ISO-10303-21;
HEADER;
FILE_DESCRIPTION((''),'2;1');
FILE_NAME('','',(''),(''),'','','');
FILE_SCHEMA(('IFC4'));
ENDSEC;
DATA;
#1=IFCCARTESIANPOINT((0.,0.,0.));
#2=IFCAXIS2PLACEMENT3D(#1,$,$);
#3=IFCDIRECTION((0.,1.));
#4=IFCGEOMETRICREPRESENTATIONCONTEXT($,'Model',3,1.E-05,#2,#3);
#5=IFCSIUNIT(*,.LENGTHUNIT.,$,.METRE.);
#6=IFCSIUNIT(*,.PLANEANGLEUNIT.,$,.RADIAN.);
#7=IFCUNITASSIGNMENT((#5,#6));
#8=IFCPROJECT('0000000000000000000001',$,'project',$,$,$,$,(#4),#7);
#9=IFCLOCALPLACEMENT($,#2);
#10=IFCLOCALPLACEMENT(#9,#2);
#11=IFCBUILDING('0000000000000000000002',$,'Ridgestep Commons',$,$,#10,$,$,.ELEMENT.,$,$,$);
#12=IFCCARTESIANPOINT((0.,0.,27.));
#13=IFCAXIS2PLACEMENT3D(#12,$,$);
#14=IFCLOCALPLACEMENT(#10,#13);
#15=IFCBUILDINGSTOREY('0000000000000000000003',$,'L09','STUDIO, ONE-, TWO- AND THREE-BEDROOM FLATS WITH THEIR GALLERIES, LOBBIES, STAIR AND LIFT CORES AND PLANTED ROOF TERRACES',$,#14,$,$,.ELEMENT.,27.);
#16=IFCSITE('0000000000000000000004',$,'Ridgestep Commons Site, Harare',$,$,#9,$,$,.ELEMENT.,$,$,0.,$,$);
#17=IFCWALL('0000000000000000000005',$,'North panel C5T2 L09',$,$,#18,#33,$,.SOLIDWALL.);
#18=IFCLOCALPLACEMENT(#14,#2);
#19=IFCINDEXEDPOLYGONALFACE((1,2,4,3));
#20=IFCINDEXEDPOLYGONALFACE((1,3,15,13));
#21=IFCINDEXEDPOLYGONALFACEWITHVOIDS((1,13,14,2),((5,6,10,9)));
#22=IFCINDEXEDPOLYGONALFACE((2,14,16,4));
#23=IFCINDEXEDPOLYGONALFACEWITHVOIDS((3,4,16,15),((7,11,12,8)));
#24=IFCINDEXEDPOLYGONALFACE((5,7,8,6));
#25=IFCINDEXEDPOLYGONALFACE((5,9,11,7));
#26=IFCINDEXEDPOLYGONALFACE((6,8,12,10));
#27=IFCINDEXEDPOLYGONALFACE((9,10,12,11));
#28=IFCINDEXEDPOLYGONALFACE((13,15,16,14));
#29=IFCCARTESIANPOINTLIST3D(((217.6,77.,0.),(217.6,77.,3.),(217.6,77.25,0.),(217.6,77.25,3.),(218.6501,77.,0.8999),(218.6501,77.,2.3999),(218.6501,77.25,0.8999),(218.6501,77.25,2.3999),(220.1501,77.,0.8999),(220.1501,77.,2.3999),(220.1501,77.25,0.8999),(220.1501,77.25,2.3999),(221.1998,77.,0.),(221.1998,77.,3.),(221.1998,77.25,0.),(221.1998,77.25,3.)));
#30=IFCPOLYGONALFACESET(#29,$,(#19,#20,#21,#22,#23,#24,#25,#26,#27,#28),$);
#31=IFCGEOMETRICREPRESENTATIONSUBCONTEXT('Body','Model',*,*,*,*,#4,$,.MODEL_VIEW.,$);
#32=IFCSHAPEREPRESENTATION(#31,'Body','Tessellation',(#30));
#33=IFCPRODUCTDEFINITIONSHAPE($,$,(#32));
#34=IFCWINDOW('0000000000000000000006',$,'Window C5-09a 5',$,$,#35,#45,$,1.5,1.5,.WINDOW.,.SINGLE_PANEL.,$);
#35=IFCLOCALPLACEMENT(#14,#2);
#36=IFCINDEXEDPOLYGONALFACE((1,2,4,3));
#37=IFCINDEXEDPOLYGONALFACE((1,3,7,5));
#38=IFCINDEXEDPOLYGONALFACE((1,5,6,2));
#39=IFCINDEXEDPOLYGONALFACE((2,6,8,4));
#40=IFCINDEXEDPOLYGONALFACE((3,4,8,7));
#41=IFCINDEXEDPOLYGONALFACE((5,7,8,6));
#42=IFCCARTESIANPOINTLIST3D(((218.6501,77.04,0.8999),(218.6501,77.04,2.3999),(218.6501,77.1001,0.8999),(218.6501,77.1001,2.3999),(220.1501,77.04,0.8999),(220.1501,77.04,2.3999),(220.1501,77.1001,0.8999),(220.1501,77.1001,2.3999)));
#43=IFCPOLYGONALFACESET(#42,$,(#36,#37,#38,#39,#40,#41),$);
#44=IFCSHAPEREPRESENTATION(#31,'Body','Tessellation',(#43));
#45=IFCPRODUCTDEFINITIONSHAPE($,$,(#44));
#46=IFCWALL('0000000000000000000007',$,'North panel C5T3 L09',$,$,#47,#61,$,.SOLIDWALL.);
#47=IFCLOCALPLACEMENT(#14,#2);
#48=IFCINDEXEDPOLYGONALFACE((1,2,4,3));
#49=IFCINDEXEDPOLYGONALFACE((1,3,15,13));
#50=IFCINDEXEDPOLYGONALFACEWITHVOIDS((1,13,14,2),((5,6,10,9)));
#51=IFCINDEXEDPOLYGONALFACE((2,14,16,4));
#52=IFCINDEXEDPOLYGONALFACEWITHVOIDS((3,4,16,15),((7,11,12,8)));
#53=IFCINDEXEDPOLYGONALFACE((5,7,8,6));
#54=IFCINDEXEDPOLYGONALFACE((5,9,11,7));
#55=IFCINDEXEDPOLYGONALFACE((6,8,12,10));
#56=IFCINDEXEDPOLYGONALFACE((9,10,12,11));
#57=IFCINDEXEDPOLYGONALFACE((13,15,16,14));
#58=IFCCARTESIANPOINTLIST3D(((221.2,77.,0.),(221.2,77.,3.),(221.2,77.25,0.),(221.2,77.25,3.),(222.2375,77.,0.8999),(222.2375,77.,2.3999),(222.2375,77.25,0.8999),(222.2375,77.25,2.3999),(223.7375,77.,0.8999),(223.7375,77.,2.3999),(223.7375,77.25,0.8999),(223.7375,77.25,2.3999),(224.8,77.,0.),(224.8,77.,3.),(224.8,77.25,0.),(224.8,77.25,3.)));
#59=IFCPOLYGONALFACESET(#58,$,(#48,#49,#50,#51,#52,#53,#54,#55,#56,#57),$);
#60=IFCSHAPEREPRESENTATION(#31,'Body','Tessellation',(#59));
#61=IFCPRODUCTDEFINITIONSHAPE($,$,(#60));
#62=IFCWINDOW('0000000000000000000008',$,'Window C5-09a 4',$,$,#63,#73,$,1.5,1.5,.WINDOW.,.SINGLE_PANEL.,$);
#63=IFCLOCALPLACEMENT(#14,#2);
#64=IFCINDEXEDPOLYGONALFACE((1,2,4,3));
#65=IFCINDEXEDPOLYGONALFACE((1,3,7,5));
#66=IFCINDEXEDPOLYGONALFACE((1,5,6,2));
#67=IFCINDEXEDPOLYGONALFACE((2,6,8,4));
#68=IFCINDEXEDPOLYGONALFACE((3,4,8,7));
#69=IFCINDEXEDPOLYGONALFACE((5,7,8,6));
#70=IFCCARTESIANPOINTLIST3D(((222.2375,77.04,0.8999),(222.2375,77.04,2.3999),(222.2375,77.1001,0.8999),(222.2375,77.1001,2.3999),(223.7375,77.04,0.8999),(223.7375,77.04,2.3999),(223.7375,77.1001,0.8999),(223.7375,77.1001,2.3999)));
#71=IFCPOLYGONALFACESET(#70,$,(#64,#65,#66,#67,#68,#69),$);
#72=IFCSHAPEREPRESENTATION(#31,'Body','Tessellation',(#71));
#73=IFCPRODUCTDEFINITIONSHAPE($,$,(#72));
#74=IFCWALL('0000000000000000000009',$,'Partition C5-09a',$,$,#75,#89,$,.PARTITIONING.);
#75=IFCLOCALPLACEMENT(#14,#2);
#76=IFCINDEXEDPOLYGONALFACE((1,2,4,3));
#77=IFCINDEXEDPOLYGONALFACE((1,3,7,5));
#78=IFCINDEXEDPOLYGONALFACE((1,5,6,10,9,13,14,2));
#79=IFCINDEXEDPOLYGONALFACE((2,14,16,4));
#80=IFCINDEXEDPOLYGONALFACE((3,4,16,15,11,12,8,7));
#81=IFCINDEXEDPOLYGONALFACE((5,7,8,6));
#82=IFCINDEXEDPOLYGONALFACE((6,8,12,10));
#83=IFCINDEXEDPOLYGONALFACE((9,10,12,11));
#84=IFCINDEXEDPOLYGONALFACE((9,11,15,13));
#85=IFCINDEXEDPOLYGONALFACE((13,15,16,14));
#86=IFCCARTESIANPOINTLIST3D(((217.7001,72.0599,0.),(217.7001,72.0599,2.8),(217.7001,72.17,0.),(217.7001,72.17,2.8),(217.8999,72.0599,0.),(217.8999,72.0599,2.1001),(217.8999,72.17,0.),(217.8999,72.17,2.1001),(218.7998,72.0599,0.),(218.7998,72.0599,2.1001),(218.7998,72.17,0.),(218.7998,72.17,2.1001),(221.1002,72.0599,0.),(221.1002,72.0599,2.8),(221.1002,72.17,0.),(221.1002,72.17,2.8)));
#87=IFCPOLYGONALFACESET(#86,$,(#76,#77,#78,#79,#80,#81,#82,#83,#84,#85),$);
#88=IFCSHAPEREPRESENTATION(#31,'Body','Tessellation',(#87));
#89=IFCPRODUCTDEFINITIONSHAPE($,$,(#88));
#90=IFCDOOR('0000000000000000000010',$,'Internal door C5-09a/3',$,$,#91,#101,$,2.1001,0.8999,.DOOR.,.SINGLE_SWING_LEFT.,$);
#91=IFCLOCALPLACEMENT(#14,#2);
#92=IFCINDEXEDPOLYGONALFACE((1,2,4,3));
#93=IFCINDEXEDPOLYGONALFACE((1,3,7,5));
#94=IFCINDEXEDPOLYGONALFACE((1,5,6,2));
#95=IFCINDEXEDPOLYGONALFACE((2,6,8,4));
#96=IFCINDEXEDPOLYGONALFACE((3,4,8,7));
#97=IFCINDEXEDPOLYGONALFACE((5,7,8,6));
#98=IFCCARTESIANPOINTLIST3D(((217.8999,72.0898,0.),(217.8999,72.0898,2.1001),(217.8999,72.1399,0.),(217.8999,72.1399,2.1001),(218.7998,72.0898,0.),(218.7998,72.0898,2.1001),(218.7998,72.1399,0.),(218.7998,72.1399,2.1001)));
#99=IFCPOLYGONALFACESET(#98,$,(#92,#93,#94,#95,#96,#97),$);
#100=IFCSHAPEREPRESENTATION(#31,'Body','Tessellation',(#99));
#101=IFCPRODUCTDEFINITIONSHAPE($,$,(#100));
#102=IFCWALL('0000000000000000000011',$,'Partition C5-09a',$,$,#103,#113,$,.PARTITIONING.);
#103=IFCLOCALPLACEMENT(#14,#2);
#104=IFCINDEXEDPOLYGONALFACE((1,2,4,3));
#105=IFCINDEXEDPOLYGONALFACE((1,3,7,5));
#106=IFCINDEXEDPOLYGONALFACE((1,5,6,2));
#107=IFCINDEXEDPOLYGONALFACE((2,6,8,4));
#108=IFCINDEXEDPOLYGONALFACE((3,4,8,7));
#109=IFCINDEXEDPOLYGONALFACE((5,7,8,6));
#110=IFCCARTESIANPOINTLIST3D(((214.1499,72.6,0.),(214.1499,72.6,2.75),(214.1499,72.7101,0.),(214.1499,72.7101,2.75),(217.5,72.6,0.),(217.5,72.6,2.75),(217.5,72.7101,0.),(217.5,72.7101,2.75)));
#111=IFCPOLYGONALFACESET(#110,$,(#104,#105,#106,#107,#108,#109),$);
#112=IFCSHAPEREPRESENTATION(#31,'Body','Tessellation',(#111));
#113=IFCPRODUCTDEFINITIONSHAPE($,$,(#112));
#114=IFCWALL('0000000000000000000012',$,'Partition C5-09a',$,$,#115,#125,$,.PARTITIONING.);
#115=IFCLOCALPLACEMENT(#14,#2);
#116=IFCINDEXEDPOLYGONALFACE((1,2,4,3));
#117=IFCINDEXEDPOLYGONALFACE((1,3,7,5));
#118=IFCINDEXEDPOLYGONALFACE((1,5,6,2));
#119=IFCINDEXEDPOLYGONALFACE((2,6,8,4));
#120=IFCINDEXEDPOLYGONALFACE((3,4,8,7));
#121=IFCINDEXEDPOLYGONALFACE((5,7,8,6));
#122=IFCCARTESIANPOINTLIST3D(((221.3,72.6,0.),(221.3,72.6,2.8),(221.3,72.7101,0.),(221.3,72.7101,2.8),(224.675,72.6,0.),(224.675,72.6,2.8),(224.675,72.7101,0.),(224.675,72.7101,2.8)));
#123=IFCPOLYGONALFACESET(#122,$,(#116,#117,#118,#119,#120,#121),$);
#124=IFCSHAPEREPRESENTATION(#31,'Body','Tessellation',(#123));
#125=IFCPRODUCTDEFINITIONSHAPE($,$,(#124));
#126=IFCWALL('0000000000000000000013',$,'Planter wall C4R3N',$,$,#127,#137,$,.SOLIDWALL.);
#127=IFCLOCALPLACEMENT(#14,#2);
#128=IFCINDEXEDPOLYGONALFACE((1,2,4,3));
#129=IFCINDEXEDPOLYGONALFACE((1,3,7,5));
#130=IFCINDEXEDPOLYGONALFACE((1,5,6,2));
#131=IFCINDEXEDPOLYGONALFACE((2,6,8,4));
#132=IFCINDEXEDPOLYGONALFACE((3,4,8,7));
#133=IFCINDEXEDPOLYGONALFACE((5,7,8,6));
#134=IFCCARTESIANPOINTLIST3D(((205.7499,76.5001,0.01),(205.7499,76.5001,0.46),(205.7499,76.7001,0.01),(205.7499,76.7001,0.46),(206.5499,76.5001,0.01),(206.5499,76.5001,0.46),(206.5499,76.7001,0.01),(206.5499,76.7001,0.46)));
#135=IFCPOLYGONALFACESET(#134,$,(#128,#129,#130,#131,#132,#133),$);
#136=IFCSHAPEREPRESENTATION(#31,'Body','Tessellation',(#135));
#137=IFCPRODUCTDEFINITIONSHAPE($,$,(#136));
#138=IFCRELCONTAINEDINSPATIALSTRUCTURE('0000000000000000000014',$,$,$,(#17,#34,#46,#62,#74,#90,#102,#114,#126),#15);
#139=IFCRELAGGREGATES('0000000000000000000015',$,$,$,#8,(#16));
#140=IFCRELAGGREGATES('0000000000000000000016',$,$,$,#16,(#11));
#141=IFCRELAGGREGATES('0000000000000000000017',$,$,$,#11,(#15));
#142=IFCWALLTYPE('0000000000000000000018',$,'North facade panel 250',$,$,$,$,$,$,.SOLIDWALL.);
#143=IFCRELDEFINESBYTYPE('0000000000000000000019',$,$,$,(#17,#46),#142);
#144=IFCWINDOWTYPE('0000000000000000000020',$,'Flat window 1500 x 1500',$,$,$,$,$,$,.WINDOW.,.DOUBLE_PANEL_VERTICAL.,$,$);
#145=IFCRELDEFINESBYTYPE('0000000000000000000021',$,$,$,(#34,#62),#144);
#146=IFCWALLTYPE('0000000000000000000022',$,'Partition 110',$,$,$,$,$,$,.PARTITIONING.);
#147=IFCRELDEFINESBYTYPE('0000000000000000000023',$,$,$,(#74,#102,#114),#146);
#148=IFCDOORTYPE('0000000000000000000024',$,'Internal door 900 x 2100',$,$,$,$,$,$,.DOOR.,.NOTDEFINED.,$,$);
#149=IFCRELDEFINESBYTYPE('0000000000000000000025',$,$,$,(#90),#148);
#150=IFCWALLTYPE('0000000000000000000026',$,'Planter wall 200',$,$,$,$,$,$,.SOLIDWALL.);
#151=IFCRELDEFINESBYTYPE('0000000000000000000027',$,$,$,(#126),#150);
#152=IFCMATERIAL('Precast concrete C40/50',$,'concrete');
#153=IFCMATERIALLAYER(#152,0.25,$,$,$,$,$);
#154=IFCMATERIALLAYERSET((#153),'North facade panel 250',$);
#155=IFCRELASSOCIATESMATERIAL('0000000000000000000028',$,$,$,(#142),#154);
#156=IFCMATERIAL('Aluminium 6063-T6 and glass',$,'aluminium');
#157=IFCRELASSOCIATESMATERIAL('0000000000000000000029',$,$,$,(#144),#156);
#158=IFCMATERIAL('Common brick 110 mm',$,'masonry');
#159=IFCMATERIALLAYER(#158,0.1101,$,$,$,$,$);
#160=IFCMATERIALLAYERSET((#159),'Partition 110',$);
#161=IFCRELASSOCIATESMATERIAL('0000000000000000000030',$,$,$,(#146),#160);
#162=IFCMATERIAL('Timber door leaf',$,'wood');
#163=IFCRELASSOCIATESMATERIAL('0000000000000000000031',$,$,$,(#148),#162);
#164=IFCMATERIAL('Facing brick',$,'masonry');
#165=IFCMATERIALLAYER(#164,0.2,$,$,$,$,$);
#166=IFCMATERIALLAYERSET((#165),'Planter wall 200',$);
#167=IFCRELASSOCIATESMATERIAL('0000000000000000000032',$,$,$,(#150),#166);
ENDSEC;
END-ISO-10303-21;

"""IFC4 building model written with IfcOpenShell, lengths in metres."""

from ifc_helpers import new_model, si_unit, direction, frame, frame_2d, origin, place, context, subcontext, project, spatial, rectangle, extrude, material, layer, layer_set, type_object, element, fill, save


model = new_model("IFC4")

# Units and contexts
model_context = context("Model", 3, precision=1e-05, world=origin(), true_north=direction((0.0, 1.0)))
body_context = subcontext(model_context, "Body", "Model", "MODEL_VIEW")
ifc_project = project(units=[si_unit("LENGTHUNIT", "METRE"), si_unit("PLANEANGLEUNIT", "RADIAN")], contexts=[model_context])

# Site, building, storey
site_placement = place(None, origin())
site = spatial("IfcSite", under=ifc_project, at=site_placement, Name="Ridgestep Commons Site, Harare", CompositionType="ELEMENT", RefElevation=0.0)
building_placement = place(site_placement, origin())
building = spatial("IfcBuilding", under=site, at=building_placement, Name="Ridgestep Commons", CompositionType="ELEMENT")
storey_placement = place(building_placement, frame((0.0, 0.0, 27.0)))
storey = spatial("IfcBuildingStorey", under=building, at=storey_placement, Name="L09", Description="STUDIO, ONE-, TWO- AND THREE-BEDROOM FLATS WITH THEIR GALLERIES, LOBBIES, STAIR AND LIFT CORES AND PLANTED ROOF TERRACES", CompositionType="ELEMENT", Elevation=27.0)

# Walls, openings, windows
ifc_material_1 = material(Name="Precast concrete C40/50", Category="concrete")
ifc_layer_1 = layer(ifc_material_1, 0.25)
ifc_layer_set_1 = layer_set([ifc_layer_1], Name="North facade panel 250")
wall_type_1 = type_object("IfcWallType", Name="North facade panel 250", PredefinedType="SOLIDWALL", material=ifc_layer_set_1)
wall_1_placement = place(storey_placement, frame((217.6001, 77.125, 0.0), z_axis=(0.0, 0.0, 1.0), x_axis=(1.0, 0.0, 0.0)))
wall_1 = element("IfcWall", 1, at=wall_1_placement, inside=storey, type_object=wall_type_1, Name="North panel C5T2 L09", PredefinedType="SOLIDWALL", context=body_context, shape_type="SweptSolid", body=[
    extrude(rectangle(XDim=3.5999, YDim=0.25, at=frame_2d((1.7998, 0.0))), origin(), (0.0, 0.0, 1.0), 3.0),
])
opening_1_placement = place(wall_1_placement, frame((1.05, 0.0, 0.8999)))
opening_1 = element("IfcOpeningElement", 2, at=opening_1_placement, cuts=wall_1, PredefinedType="OPENING", context=body_context, shape_type="SweptSolid", body=[
    extrude(rectangle(XDim=1.5, YDim=1.5, at=frame_2d((0.75, 0.75))), frame((0.0, 0.135, 0.0), z_axis=(0.0, -1.0, 0.0), x_axis=(1.0, 0.0, 0.0)), (0.0, 0.0, 1.0), 0.27),
])
ifc_material_2 = material(Name="Aluminium 6063-T6 and glass", Category="aluminium")
window_type_1 = type_object("IfcWindowType", Name="Flat window 1500 x 1500", PartitioningType="DOUBLE_PANEL_VERTICAL", PredefinedType="WINDOW", material=ifc_material_2)
window_1_placement = place(opening_1_placement, origin())
window_1 = element("IfcWindow", 3, at=window_1_placement, inside=storey, type_object=window_type_1, Name="Window C5-09a 5", OverallHeight=1.5, OverallWidth=1.5, PartitioningType="SINGLE_PANEL", PredefinedType="WINDOW", context=body_context, shape_type="SweptSolid", body=[
    extrude(rectangle(XDim=1.5, YDim=1.5, at=frame_2d((0.75, 0.75))), frame((0.0, -0.0249, 0.0), z_axis=(0.0, -1.0, 0.0), x_axis=(1.0, 0.0, 0.0)), (0.0, 0.0, 1.0), 0.0601),
])
fill(opening_1, window_1)
wall_2_placement = place(storey_placement, frame((221.2, 77.125, 0.0), z_axis=(0.0, 0.0, 1.0), x_axis=(1.0, 0.0, 0.0)))
wall_2 = element("IfcWall", 4, at=wall_2_placement, inside=storey, type_object=wall_type_1, Name="North panel C5T3 L09", PredefinedType="SOLIDWALL", context=body_context, shape_type="SweptSolid", body=[
    extrude(rectangle(XDim=3.6001, YDim=0.25, at=frame_2d((1.8, 0.0))), origin(), (0.0, 0.0, 1.0), 3.0),
])
opening_2_placement = place(wall_2_placement, frame((1.0376, 0.0, 0.8999)))
opening_2 = element("IfcOpeningElement", 5, at=opening_2_placement, cuts=wall_2, PredefinedType="OPENING", context=body_context, shape_type="SweptSolid", body=[
    extrude(rectangle(XDim=1.5, YDim=1.5, at=frame_2d((0.75, 0.75))), frame((0.0, 0.135, 0.0), z_axis=(0.0, -1.0, 0.0), x_axis=(1.0, 0.0, 0.0)), (0.0, 0.0, 1.0), 0.27),
])
window_2_placement = place(opening_2_placement, origin())
window_2 = element("IfcWindow", 6, at=window_2_placement, inside=storey, type_object=window_type_1, Name="Window C5-09a 4", OverallHeight=1.5, OverallWidth=1.5, PartitioningType="SINGLE_PANEL", PredefinedType="WINDOW", context=body_context, shape_type="SweptSolid", body=[
    extrude(rectangle(XDim=1.5, YDim=1.5, at=frame_2d((0.75, 0.75))), frame((0.0, -0.0249, 0.0), z_axis=(0.0, -1.0, 0.0), x_axis=(1.0, 0.0, 0.0)), (0.0, 0.0, 1.0), 0.0601),
])
fill(opening_2, window_2)

# Wall, opening, door
ifc_material_3 = material(Name="Common brick 110 mm", Category="masonry")
ifc_layer_2 = layer(ifc_material_3, 0.1101)
ifc_layer_set_2 = layer_set([ifc_layer_2], Name="Partition 110")
wall_type_2 = type_object("IfcWallType", Name="Partition 110", PredefinedType="PARTITIONING", material=ifc_layer_set_2)
wall_3_placement = place(storey_placement, frame((217.7, 72.115, 0.0), z_axis=(0.0, 0.0, 1.0), x_axis=(1.0, 0.0, 0.0)))
wall_3 = element("IfcWall", 7, at=wall_3_placement, inside=storey, type_object=wall_type_2, Name="Partition C5-09a", PredefinedType="PARTITIONING", context=body_context, shape_type="SweptSolid", body=[
    extrude(rectangle(XDim=3.4001, YDim=0.1101, at=frame_2d((1.7002, 0.0))), origin(), (0.0, 0.0, 1.0), 2.8),
])
opening_3_placement = place(wall_3_placement, frame((0.2, 0.0, 0.0)))
opening_3 = element("IfcOpeningElement", 8, at=opening_3_placement, cuts=wall_3, PredefinedType="OPENING", context=body_context, shape_type="SweptSolid", body=[
    extrude(rectangle(XDim=0.8999, YDim=2.1001, at=frame_2d((0.45, 1.05))), frame((0.0, 0.0649, 0.0), z_axis=(0.0, -1.0, 0.0), x_axis=(1.0, 0.0, 0.0)), (0.0, 0.0, 1.0), 0.1301),
])
ifc_material_4 = material(Name="Timber door leaf", Category="wood")
door_type = type_object("IfcDoorType", Name="Internal door 900 x 2100", OperationType="NOTDEFINED", PredefinedType="DOOR", material=ifc_material_4)
door_placement = place(opening_3_placement, origin())
door = element("IfcDoor", 9, at=door_placement, inside=storey, type_object=door_type, Name="Internal door C5-09a/3", OperationType="SINGLE_SWING_LEFT", OverallHeight=2.1001, OverallWidth=0.8999, PredefinedType="DOOR", context=body_context, shape_type="SweptSolid", body=[
    extrude(rectangle(XDim=0.8999, YDim=2.1001, at=frame_2d((0.45, 1.05))), frame((0.0, 0.0249, 0.0), z_axis=(0.0, -1.0, 0.0), x_axis=(1.0, 0.0, 0.0)), (0.0, 0.0, 1.0), 0.05),
])
fill(opening_3, door)

# Walls
wall_4_placement = place(storey_placement, frame((214.1499, 72.655, 0.0), z_axis=(0.0, 0.0, 1.0), x_axis=(1.0, 0.0, 0.0)))
element("IfcWall", 10, at=wall_4_placement, inside=storey, type_object=wall_type_2, Name="Partition C5-09a", PredefinedType="PARTITIONING", context=body_context, shape_type="SweptSolid", body=[
    extrude(rectangle(XDim=3.3501, YDim=0.1101, at=frame_2d((1.675, 0.0))), origin(), (0.0, 0.0, 1.0), 2.75),
])
wall_5_placement = place(storey_placement, frame((221.3, 72.655, 0.0), z_axis=(0.0, 0.0, 1.0), x_axis=(1.0, 0.0, 0.0)))
element("IfcWall", 11, at=wall_5_placement, inside=storey, type_object=wall_type_2, Name="Partition C5-09a", PredefinedType="PARTITIONING", context=body_context, shape_type="SweptSolid", body=[
    extrude(rectangle(XDim=3.375, YDim=0.1101, at=frame_2d((1.6875, 0.0))), origin(), (0.0, 0.0, 1.0), 2.8),
])
ifc_material_5 = material(Name="Facing brick", Category="masonry")
ifc_layer_3 = layer(ifc_material_5, 0.2)
ifc_layer_set_3 = layer_set([ifc_layer_3], Name="Planter wall 200")
wall_type_3 = type_object("IfcWallType", Name="Planter wall 200", PredefinedType="SOLIDWALL", material=ifc_layer_set_3)
wall_6_placement = place(storey_placement, frame((205.75, 76.6001, 0.01), z_axis=(0.0, 0.0, 1.0), x_axis=(1.0, 0.0, 0.0)))
element("IfcWall", 12, at=wall_6_placement, inside=storey, type_object=wall_type_3, Name="Planter wall C4R3N", PredefinedType="SOLIDWALL", context=body_context, shape_type="SweptSolid", body=[
    extrude(rectangle(XDim=0.8, YDim=0.2, at=frame_2d((0.3999, 0.0))), origin(), (0.0, 0.0, 1.0), 0.45),
])

save(model, "model.ifc")
